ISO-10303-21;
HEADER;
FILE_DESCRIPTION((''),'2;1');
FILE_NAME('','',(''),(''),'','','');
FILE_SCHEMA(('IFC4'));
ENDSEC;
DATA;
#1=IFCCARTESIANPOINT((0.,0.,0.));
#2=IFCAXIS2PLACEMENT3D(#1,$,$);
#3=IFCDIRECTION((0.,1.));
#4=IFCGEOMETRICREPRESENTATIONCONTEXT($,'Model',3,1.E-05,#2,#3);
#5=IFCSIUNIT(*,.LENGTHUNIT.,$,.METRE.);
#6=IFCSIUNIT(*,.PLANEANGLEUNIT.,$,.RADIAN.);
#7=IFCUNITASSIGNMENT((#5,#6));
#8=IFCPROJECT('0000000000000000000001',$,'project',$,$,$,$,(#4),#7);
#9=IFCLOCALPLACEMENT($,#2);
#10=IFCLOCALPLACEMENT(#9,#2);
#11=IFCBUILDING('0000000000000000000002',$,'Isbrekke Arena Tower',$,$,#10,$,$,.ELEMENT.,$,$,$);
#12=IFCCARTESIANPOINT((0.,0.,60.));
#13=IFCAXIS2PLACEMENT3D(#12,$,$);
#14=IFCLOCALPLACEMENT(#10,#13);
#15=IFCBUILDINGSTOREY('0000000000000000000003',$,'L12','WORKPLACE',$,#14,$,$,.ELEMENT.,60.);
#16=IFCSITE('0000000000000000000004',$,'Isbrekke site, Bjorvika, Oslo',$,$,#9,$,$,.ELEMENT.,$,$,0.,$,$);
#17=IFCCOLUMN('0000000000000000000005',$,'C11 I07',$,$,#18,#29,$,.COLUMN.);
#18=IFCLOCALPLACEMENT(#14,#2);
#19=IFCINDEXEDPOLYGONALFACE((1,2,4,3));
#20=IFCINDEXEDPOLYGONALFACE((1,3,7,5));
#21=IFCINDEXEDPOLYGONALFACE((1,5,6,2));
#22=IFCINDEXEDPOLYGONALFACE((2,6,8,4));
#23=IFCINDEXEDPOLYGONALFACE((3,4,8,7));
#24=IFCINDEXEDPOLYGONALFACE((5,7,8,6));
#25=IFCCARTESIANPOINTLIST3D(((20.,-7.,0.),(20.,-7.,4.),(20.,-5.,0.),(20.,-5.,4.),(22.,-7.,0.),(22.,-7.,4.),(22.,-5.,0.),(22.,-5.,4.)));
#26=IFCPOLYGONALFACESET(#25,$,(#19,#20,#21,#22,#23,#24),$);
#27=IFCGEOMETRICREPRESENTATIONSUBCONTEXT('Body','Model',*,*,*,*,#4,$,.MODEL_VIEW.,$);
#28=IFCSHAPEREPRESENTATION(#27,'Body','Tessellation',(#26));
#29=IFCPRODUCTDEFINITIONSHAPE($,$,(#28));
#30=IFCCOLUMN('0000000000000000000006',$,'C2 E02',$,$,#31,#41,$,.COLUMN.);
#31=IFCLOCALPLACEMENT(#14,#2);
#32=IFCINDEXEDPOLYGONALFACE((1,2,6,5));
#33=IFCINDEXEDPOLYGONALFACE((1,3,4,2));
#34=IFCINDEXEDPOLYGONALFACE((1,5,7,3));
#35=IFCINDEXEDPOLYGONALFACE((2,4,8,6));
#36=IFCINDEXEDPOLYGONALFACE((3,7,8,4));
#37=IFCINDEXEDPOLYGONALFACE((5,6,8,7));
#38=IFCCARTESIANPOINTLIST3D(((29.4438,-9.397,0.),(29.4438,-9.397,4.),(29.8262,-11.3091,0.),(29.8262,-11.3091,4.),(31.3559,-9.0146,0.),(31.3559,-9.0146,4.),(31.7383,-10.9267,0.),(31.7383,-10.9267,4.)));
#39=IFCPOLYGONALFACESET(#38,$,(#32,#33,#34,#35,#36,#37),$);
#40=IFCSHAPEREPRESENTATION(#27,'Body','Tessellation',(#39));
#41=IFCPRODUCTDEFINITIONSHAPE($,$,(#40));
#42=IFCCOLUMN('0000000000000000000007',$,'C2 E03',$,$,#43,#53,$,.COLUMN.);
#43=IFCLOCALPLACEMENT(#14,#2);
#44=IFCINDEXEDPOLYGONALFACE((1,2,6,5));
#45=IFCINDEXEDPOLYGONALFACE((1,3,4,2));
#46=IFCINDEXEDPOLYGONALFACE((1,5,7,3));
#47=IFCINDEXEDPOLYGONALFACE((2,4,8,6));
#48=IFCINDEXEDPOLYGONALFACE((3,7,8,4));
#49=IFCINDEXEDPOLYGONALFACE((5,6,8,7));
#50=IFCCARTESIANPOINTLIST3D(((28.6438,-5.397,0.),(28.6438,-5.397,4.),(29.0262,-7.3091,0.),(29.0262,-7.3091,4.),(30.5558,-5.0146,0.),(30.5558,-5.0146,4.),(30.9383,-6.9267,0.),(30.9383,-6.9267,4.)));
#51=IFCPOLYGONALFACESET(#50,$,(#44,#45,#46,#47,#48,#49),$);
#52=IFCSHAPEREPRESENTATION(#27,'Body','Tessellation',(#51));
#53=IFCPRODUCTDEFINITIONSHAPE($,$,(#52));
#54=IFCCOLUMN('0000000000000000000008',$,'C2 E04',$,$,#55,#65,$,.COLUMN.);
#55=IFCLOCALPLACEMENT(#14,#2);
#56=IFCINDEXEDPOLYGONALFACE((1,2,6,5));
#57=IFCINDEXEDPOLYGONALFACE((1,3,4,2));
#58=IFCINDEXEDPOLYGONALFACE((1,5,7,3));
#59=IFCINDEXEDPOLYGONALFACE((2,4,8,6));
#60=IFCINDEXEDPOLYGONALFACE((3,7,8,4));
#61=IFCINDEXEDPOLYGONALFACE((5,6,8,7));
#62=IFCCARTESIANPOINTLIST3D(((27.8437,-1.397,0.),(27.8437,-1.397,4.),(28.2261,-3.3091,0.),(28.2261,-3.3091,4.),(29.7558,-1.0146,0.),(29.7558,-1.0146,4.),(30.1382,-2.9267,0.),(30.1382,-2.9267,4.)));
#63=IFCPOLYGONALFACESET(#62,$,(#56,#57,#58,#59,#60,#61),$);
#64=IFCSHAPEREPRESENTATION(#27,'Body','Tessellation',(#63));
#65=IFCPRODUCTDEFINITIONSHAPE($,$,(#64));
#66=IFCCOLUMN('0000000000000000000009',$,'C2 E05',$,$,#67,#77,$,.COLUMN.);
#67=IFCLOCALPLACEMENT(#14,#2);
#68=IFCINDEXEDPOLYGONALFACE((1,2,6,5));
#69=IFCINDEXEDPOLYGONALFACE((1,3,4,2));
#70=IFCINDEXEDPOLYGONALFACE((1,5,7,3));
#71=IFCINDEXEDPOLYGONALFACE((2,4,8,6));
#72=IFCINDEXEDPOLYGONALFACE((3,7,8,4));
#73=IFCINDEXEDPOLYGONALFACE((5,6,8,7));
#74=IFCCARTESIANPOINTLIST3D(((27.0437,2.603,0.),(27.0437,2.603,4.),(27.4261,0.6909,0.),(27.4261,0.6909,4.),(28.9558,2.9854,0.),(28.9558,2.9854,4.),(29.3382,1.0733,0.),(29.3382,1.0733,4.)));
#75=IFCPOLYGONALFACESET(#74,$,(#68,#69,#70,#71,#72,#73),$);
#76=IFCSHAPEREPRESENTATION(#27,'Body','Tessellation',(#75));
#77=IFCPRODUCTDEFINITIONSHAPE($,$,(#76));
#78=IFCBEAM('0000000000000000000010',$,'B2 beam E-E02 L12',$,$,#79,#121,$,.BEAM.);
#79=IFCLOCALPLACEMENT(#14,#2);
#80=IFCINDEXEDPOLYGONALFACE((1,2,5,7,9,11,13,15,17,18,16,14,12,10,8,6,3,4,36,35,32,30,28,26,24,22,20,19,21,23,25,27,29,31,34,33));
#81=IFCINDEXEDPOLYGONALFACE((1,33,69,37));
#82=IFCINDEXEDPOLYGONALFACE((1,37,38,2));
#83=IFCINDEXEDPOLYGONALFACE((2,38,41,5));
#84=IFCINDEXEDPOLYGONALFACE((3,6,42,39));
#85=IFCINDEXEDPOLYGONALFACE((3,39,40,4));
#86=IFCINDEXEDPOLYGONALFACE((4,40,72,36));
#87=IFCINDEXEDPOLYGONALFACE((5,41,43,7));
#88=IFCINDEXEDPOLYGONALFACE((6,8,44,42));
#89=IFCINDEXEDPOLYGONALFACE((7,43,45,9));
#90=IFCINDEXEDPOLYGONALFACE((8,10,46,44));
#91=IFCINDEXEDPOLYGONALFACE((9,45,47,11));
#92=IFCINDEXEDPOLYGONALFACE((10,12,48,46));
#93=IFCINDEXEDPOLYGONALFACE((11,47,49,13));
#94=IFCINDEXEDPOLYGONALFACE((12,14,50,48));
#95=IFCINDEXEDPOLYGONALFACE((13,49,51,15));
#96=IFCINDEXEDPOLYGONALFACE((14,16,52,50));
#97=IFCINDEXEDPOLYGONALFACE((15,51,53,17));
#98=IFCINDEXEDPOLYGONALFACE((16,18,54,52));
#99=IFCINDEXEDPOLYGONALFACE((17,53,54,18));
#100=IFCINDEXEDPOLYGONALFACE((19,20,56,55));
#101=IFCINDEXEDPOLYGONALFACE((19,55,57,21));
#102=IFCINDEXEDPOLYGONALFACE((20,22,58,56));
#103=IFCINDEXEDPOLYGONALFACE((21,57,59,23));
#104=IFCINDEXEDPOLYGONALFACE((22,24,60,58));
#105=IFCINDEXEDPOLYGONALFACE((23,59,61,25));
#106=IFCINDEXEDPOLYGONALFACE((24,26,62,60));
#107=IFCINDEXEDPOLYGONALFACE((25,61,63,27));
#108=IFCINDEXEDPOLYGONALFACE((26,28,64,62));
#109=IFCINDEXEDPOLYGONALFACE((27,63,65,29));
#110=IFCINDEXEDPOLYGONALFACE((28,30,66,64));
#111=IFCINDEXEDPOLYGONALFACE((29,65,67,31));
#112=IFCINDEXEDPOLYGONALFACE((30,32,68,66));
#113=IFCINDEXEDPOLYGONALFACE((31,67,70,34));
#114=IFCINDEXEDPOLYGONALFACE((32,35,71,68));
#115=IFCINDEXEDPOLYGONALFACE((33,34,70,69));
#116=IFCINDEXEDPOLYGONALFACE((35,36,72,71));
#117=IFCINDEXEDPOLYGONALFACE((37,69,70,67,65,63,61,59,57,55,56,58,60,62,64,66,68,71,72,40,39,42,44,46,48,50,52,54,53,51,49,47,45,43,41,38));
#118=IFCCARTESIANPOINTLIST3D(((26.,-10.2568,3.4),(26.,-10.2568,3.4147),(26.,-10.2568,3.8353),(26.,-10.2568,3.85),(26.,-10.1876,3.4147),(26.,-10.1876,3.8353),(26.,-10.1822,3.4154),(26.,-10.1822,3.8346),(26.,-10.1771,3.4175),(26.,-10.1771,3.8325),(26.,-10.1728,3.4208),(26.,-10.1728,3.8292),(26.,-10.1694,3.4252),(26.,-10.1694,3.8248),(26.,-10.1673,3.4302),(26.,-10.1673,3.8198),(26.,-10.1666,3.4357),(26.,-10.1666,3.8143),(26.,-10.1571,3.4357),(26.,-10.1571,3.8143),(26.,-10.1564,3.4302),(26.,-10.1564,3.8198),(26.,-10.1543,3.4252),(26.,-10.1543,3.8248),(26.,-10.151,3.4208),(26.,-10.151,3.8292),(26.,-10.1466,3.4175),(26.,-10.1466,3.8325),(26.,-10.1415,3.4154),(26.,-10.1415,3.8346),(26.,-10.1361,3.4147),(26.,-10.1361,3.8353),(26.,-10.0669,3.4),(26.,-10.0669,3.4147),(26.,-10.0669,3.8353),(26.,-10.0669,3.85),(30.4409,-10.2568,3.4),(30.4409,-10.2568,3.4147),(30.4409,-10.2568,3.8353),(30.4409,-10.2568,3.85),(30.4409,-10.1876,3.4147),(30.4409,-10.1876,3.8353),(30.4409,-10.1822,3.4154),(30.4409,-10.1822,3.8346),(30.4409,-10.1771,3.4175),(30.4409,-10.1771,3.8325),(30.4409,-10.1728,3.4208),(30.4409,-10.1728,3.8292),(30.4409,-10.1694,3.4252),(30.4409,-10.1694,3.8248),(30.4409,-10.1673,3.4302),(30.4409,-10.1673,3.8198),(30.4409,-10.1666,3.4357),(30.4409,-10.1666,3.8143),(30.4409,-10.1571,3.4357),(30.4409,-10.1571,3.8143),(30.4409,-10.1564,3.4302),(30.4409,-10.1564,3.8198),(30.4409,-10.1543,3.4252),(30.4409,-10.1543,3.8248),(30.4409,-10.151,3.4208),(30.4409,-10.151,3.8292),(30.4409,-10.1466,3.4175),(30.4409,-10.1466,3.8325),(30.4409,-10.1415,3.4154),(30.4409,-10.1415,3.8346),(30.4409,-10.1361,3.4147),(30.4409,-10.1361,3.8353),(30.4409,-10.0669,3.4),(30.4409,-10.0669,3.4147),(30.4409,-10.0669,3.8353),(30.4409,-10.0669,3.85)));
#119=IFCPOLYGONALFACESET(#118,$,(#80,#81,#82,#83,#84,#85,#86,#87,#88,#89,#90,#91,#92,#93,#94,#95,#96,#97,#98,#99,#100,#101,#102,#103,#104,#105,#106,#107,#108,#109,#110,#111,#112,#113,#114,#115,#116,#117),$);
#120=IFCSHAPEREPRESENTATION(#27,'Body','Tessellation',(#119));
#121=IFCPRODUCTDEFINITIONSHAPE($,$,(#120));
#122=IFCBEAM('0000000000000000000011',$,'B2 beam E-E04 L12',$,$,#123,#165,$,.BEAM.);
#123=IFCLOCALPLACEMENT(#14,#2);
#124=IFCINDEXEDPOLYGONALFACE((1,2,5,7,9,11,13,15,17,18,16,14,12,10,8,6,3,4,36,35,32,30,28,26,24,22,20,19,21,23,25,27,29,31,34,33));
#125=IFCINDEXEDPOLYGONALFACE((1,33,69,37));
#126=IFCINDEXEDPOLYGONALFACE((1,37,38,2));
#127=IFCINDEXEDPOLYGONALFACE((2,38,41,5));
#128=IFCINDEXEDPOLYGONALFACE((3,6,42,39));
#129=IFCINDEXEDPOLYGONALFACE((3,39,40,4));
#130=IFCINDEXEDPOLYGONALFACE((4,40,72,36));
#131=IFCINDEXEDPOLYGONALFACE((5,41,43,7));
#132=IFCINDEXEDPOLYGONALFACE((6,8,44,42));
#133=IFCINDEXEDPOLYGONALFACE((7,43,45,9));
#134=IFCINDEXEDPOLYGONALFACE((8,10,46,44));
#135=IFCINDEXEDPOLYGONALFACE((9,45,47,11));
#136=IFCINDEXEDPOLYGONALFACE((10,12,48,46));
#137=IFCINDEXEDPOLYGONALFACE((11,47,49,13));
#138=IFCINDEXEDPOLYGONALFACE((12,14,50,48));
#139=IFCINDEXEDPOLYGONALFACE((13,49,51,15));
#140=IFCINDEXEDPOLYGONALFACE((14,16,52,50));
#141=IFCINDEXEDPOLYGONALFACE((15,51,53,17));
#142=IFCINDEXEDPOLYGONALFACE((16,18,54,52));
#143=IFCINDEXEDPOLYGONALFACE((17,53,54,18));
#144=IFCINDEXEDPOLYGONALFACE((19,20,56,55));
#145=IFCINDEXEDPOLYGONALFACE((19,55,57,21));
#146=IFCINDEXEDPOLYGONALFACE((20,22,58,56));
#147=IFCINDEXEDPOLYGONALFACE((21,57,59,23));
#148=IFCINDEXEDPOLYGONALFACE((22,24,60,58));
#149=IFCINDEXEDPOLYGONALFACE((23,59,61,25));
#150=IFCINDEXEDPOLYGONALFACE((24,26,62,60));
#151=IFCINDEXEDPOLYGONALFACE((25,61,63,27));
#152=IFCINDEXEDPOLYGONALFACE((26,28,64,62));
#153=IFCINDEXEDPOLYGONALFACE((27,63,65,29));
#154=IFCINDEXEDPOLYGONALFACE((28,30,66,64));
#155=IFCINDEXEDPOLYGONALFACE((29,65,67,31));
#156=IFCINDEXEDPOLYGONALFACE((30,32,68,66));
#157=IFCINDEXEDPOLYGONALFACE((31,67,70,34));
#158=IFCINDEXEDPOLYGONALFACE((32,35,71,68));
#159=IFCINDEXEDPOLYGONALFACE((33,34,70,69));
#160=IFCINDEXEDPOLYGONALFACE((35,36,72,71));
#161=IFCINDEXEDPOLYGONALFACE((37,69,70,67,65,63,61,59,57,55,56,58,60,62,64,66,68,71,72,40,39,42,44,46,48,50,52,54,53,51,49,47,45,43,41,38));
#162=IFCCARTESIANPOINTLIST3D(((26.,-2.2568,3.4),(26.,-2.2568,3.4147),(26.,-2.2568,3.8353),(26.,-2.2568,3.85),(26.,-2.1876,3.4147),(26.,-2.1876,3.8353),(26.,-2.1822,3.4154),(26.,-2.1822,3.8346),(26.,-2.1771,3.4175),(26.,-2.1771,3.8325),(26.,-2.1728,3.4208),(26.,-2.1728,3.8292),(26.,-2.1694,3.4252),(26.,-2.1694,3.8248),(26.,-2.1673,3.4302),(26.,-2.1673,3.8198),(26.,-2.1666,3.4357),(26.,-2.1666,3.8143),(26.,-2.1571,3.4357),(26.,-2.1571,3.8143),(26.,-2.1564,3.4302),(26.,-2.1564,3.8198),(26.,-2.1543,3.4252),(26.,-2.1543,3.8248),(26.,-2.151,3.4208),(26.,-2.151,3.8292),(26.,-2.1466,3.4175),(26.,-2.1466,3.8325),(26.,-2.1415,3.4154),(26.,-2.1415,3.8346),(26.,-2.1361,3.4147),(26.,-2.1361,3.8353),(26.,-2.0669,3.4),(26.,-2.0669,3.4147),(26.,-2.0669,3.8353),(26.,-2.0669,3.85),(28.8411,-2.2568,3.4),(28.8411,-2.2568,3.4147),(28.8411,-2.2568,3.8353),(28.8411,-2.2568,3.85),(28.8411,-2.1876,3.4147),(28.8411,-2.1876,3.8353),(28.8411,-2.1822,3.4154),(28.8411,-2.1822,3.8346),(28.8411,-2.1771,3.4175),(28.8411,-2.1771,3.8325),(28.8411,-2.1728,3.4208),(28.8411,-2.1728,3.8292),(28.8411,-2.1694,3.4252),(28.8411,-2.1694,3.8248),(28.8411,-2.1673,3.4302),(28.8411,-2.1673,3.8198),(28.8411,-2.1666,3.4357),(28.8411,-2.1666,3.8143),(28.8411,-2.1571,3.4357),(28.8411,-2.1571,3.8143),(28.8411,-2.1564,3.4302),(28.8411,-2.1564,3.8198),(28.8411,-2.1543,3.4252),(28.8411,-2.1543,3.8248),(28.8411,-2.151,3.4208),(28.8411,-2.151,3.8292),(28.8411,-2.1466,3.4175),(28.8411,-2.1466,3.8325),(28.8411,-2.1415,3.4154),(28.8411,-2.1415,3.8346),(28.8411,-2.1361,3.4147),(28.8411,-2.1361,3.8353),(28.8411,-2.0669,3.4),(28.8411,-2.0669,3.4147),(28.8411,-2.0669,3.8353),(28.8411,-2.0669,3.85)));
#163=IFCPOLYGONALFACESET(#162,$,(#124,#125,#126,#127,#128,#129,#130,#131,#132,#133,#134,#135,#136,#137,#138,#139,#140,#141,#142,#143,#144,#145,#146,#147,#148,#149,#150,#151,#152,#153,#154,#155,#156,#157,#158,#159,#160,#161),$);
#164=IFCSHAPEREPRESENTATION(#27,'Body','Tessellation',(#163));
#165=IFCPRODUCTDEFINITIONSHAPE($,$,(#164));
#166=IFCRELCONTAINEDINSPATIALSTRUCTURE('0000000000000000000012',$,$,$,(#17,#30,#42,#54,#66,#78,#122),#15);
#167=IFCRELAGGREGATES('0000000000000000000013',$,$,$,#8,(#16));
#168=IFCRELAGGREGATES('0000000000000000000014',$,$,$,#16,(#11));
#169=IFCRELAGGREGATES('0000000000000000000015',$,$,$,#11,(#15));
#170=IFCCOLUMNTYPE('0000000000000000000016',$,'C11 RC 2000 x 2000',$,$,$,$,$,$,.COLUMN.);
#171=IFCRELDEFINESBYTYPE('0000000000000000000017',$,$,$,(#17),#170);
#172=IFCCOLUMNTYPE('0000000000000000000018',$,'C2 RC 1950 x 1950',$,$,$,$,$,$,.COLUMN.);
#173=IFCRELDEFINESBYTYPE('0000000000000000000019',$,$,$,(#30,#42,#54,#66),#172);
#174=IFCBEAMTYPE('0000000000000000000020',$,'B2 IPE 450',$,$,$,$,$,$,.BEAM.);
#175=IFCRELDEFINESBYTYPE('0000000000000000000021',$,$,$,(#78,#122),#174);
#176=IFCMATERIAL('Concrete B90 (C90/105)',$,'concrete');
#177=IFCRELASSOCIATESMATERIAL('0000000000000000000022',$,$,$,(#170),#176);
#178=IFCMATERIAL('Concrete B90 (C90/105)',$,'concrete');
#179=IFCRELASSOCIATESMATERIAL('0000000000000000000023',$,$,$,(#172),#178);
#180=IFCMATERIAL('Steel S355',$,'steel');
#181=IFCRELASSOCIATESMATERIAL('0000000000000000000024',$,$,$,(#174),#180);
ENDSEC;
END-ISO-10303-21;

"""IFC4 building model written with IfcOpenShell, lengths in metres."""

from ifc_helpers import new_model, si_unit, direction, frame, origin, origin_2d, place, context, subcontext, project, spatial, rectangle, i_section, extrude, material, material_profile, profile_set, type_object, element, save


model = new_model("IFC4")

# Units and contexts
model_context = context("Model", 3, precision=1e-05, world=origin(), true_north=direction((0.0, 1.0)))
body_context = subcontext(model_context, "Body", "Model", "MODEL_VIEW")
ifc_project = project(units=[si_unit("LENGTHUNIT", "METRE"), si_unit("PLANEANGLEUNIT", "RADIAN")], contexts=[model_context])

# Site, building, storey
site_placement = place(None, origin())
site = spatial("IfcSite", under=ifc_project, at=site_placement, Name="Isbrekke site, Bjorvika, Oslo", CompositionType="ELEMENT", RefElevation=0.0)
building_placement = place(site_placement, origin())
building = spatial("IfcBuilding", under=site, at=building_placement, Name="Isbrekke Arena Tower", CompositionType="ELEMENT")
storey_placement = place(building_placement, frame((0.0, 0.0, 60.0)))
storey = spatial("IfcBuildingStorey", under=building, at=storey_placement, Name="L12", Description="WORKPLACE", CompositionType="ELEMENT", Elevation=60.0)

# Columns
ifc_material_1 = material(Name="Concrete B90 (C90/105)", Category="concrete")
ifc_material_profile_1 = material_profile(ifc_material_1, rectangle(XDim=2.0, YDim=2.0, at=origin_2d()), Name="RC 2000x2000")
ifc_profile_set_1 = profile_set([ifc_material_profile_1], Name="Concrete B90 (C90/105)")
column_type_1 = type_object("IfcColumnType", Name="C11 RC 2000 x 2000", PredefinedType="COLUMN", material=ifc_profile_set_1)
column_placement = place(storey_placement, frame((21.0, -6.0, 0.0), z_axis=(0.0, 0.0, 1.0), x_axis=(1.0, 0.0, 0.0)))
element("IfcColumn", 1, at=column_placement, inside=storey, type_object=column_type_1, Name="C11 I07", PredefinedType="COLUMN", context=body_context, shape_type="SweptSolid", body=[
    extrude(rectangle(XDim=2.0, YDim=2.0, at=origin_2d()), origin(), (0.0, 0.0, 1.0), 4.0),
])
ifc_material_2 = material(Name="Concrete B90 (C90/105)", Category="concrete")
ifc_material_profile_2 = material_profile(ifc_material_2, rectangle(XDim=1.95, YDim=1.95, at=origin_2d()), Name="RC 1950x1950")
ifc_profile_set_2 = profile_set([ifc_material_profile_2], Name="Concrete B90 (C90/105)")
column_type_2 = type_object("IfcColumnType", Name="C2 RC 1950 x 1950", PredefinedType="COLUMN", material=ifc_profile_set_2)
for number, where, z_axis, x_axis, name in (
    (2, (30.5911, -10.1619, 0.0), (0.0, 0.0, 1.0), (-0.196116, 0.980581, 0.0), "C2 E02"),
    (3, (29.791, -6.1619, 0.0), (0.0, 0.0, 1.0), (-0.196116, 0.980581, 0.0), "C2 E03"),
    (4, (28.991, -2.1619, 0.0), (0.0, 0.0, 1.0), (-0.196116, 0.980581, 0.0), "C2 E04"),
    (5, (28.1909, 1.8381, 0.0), (0.0, 0.0, 1.0), (-0.196116, 0.980581, 0.0), "C2 E05"),
):
    element("IfcColumn", number, at=place(storey_placement, frame(where, z_axis=z_axis, x_axis=x_axis)), inside=storey, type_object=column_type_2, Name=name, PredefinedType="COLUMN", context=body_context, shape_type="SweptSolid", body=[
        extrude(rectangle(XDim=1.95, YDim=1.95, at=origin_2d()), origin(), (0.0, 0.0, 1.0), 4.0),
    ])

# Beams
ifc_material_3 = material(Name="Steel S355", Category="steel")
ifc_material_profile_3 = material_profile(ifc_material_3, i_section(OverallWidth=0.1899, OverallDepth=0.45, WebThickness=0.0095, FlangeThickness=0.0146, FilletRadius=0.021, at=origin_2d()), Name="IPE 450")
ifc_profile_set_3 = profile_set([ifc_material_profile_3], Name="Steel S355")
beam_type_1 = type_object("IfcBeamType", Name="B2 IPE 450", PredefinedType="BEAM", material=ifc_profile_set_3)
beam_1_placement = place(storey_placement, frame((30.4409, -10.1619, 3.625), z_axis=(-1.0, 0.0, 0.0), x_axis=(0.0, -1.0, 0.0)))
element("IfcBeam", 6, at=beam_1_placement, inside=storey, type_object=beam_type_1, Name="B2 beam E-E02 L12", PredefinedType="BEAM", context=body_context, shape_type="SweptSolid", body=[
    extrude(i_section(OverallWidth=0.1899, OverallDepth=0.45, WebThickness=0.0095, FlangeThickness=0.0146, FilletRadius=0.021, at=origin_2d()), origin(), (0.0, 0.0, 1.0), 4.4409),
])
beam_2_placement = place(storey_placement, frame((28.8411, -2.1619, 3.625), z_axis=(-1.0, 0.0, 0.0), x_axis=(0.0, -1.0, 0.0)))
element("IfcBeam", 7, at=beam_2_placement, inside=storey, type_object=beam_type_1, Name="B2 beam E-E04 L12", PredefinedType="BEAM", context=body_context, shape_type="SweptSolid", body=[
    extrude(i_section(OverallWidth=0.1899, OverallDepth=0.45, WebThickness=0.0095, FlangeThickness=0.0146, FilletRadius=0.021, at=origin_2d()), origin(), (0.0, 0.0, 1.0), 2.8411),
])

save(model, "model.ifc")
